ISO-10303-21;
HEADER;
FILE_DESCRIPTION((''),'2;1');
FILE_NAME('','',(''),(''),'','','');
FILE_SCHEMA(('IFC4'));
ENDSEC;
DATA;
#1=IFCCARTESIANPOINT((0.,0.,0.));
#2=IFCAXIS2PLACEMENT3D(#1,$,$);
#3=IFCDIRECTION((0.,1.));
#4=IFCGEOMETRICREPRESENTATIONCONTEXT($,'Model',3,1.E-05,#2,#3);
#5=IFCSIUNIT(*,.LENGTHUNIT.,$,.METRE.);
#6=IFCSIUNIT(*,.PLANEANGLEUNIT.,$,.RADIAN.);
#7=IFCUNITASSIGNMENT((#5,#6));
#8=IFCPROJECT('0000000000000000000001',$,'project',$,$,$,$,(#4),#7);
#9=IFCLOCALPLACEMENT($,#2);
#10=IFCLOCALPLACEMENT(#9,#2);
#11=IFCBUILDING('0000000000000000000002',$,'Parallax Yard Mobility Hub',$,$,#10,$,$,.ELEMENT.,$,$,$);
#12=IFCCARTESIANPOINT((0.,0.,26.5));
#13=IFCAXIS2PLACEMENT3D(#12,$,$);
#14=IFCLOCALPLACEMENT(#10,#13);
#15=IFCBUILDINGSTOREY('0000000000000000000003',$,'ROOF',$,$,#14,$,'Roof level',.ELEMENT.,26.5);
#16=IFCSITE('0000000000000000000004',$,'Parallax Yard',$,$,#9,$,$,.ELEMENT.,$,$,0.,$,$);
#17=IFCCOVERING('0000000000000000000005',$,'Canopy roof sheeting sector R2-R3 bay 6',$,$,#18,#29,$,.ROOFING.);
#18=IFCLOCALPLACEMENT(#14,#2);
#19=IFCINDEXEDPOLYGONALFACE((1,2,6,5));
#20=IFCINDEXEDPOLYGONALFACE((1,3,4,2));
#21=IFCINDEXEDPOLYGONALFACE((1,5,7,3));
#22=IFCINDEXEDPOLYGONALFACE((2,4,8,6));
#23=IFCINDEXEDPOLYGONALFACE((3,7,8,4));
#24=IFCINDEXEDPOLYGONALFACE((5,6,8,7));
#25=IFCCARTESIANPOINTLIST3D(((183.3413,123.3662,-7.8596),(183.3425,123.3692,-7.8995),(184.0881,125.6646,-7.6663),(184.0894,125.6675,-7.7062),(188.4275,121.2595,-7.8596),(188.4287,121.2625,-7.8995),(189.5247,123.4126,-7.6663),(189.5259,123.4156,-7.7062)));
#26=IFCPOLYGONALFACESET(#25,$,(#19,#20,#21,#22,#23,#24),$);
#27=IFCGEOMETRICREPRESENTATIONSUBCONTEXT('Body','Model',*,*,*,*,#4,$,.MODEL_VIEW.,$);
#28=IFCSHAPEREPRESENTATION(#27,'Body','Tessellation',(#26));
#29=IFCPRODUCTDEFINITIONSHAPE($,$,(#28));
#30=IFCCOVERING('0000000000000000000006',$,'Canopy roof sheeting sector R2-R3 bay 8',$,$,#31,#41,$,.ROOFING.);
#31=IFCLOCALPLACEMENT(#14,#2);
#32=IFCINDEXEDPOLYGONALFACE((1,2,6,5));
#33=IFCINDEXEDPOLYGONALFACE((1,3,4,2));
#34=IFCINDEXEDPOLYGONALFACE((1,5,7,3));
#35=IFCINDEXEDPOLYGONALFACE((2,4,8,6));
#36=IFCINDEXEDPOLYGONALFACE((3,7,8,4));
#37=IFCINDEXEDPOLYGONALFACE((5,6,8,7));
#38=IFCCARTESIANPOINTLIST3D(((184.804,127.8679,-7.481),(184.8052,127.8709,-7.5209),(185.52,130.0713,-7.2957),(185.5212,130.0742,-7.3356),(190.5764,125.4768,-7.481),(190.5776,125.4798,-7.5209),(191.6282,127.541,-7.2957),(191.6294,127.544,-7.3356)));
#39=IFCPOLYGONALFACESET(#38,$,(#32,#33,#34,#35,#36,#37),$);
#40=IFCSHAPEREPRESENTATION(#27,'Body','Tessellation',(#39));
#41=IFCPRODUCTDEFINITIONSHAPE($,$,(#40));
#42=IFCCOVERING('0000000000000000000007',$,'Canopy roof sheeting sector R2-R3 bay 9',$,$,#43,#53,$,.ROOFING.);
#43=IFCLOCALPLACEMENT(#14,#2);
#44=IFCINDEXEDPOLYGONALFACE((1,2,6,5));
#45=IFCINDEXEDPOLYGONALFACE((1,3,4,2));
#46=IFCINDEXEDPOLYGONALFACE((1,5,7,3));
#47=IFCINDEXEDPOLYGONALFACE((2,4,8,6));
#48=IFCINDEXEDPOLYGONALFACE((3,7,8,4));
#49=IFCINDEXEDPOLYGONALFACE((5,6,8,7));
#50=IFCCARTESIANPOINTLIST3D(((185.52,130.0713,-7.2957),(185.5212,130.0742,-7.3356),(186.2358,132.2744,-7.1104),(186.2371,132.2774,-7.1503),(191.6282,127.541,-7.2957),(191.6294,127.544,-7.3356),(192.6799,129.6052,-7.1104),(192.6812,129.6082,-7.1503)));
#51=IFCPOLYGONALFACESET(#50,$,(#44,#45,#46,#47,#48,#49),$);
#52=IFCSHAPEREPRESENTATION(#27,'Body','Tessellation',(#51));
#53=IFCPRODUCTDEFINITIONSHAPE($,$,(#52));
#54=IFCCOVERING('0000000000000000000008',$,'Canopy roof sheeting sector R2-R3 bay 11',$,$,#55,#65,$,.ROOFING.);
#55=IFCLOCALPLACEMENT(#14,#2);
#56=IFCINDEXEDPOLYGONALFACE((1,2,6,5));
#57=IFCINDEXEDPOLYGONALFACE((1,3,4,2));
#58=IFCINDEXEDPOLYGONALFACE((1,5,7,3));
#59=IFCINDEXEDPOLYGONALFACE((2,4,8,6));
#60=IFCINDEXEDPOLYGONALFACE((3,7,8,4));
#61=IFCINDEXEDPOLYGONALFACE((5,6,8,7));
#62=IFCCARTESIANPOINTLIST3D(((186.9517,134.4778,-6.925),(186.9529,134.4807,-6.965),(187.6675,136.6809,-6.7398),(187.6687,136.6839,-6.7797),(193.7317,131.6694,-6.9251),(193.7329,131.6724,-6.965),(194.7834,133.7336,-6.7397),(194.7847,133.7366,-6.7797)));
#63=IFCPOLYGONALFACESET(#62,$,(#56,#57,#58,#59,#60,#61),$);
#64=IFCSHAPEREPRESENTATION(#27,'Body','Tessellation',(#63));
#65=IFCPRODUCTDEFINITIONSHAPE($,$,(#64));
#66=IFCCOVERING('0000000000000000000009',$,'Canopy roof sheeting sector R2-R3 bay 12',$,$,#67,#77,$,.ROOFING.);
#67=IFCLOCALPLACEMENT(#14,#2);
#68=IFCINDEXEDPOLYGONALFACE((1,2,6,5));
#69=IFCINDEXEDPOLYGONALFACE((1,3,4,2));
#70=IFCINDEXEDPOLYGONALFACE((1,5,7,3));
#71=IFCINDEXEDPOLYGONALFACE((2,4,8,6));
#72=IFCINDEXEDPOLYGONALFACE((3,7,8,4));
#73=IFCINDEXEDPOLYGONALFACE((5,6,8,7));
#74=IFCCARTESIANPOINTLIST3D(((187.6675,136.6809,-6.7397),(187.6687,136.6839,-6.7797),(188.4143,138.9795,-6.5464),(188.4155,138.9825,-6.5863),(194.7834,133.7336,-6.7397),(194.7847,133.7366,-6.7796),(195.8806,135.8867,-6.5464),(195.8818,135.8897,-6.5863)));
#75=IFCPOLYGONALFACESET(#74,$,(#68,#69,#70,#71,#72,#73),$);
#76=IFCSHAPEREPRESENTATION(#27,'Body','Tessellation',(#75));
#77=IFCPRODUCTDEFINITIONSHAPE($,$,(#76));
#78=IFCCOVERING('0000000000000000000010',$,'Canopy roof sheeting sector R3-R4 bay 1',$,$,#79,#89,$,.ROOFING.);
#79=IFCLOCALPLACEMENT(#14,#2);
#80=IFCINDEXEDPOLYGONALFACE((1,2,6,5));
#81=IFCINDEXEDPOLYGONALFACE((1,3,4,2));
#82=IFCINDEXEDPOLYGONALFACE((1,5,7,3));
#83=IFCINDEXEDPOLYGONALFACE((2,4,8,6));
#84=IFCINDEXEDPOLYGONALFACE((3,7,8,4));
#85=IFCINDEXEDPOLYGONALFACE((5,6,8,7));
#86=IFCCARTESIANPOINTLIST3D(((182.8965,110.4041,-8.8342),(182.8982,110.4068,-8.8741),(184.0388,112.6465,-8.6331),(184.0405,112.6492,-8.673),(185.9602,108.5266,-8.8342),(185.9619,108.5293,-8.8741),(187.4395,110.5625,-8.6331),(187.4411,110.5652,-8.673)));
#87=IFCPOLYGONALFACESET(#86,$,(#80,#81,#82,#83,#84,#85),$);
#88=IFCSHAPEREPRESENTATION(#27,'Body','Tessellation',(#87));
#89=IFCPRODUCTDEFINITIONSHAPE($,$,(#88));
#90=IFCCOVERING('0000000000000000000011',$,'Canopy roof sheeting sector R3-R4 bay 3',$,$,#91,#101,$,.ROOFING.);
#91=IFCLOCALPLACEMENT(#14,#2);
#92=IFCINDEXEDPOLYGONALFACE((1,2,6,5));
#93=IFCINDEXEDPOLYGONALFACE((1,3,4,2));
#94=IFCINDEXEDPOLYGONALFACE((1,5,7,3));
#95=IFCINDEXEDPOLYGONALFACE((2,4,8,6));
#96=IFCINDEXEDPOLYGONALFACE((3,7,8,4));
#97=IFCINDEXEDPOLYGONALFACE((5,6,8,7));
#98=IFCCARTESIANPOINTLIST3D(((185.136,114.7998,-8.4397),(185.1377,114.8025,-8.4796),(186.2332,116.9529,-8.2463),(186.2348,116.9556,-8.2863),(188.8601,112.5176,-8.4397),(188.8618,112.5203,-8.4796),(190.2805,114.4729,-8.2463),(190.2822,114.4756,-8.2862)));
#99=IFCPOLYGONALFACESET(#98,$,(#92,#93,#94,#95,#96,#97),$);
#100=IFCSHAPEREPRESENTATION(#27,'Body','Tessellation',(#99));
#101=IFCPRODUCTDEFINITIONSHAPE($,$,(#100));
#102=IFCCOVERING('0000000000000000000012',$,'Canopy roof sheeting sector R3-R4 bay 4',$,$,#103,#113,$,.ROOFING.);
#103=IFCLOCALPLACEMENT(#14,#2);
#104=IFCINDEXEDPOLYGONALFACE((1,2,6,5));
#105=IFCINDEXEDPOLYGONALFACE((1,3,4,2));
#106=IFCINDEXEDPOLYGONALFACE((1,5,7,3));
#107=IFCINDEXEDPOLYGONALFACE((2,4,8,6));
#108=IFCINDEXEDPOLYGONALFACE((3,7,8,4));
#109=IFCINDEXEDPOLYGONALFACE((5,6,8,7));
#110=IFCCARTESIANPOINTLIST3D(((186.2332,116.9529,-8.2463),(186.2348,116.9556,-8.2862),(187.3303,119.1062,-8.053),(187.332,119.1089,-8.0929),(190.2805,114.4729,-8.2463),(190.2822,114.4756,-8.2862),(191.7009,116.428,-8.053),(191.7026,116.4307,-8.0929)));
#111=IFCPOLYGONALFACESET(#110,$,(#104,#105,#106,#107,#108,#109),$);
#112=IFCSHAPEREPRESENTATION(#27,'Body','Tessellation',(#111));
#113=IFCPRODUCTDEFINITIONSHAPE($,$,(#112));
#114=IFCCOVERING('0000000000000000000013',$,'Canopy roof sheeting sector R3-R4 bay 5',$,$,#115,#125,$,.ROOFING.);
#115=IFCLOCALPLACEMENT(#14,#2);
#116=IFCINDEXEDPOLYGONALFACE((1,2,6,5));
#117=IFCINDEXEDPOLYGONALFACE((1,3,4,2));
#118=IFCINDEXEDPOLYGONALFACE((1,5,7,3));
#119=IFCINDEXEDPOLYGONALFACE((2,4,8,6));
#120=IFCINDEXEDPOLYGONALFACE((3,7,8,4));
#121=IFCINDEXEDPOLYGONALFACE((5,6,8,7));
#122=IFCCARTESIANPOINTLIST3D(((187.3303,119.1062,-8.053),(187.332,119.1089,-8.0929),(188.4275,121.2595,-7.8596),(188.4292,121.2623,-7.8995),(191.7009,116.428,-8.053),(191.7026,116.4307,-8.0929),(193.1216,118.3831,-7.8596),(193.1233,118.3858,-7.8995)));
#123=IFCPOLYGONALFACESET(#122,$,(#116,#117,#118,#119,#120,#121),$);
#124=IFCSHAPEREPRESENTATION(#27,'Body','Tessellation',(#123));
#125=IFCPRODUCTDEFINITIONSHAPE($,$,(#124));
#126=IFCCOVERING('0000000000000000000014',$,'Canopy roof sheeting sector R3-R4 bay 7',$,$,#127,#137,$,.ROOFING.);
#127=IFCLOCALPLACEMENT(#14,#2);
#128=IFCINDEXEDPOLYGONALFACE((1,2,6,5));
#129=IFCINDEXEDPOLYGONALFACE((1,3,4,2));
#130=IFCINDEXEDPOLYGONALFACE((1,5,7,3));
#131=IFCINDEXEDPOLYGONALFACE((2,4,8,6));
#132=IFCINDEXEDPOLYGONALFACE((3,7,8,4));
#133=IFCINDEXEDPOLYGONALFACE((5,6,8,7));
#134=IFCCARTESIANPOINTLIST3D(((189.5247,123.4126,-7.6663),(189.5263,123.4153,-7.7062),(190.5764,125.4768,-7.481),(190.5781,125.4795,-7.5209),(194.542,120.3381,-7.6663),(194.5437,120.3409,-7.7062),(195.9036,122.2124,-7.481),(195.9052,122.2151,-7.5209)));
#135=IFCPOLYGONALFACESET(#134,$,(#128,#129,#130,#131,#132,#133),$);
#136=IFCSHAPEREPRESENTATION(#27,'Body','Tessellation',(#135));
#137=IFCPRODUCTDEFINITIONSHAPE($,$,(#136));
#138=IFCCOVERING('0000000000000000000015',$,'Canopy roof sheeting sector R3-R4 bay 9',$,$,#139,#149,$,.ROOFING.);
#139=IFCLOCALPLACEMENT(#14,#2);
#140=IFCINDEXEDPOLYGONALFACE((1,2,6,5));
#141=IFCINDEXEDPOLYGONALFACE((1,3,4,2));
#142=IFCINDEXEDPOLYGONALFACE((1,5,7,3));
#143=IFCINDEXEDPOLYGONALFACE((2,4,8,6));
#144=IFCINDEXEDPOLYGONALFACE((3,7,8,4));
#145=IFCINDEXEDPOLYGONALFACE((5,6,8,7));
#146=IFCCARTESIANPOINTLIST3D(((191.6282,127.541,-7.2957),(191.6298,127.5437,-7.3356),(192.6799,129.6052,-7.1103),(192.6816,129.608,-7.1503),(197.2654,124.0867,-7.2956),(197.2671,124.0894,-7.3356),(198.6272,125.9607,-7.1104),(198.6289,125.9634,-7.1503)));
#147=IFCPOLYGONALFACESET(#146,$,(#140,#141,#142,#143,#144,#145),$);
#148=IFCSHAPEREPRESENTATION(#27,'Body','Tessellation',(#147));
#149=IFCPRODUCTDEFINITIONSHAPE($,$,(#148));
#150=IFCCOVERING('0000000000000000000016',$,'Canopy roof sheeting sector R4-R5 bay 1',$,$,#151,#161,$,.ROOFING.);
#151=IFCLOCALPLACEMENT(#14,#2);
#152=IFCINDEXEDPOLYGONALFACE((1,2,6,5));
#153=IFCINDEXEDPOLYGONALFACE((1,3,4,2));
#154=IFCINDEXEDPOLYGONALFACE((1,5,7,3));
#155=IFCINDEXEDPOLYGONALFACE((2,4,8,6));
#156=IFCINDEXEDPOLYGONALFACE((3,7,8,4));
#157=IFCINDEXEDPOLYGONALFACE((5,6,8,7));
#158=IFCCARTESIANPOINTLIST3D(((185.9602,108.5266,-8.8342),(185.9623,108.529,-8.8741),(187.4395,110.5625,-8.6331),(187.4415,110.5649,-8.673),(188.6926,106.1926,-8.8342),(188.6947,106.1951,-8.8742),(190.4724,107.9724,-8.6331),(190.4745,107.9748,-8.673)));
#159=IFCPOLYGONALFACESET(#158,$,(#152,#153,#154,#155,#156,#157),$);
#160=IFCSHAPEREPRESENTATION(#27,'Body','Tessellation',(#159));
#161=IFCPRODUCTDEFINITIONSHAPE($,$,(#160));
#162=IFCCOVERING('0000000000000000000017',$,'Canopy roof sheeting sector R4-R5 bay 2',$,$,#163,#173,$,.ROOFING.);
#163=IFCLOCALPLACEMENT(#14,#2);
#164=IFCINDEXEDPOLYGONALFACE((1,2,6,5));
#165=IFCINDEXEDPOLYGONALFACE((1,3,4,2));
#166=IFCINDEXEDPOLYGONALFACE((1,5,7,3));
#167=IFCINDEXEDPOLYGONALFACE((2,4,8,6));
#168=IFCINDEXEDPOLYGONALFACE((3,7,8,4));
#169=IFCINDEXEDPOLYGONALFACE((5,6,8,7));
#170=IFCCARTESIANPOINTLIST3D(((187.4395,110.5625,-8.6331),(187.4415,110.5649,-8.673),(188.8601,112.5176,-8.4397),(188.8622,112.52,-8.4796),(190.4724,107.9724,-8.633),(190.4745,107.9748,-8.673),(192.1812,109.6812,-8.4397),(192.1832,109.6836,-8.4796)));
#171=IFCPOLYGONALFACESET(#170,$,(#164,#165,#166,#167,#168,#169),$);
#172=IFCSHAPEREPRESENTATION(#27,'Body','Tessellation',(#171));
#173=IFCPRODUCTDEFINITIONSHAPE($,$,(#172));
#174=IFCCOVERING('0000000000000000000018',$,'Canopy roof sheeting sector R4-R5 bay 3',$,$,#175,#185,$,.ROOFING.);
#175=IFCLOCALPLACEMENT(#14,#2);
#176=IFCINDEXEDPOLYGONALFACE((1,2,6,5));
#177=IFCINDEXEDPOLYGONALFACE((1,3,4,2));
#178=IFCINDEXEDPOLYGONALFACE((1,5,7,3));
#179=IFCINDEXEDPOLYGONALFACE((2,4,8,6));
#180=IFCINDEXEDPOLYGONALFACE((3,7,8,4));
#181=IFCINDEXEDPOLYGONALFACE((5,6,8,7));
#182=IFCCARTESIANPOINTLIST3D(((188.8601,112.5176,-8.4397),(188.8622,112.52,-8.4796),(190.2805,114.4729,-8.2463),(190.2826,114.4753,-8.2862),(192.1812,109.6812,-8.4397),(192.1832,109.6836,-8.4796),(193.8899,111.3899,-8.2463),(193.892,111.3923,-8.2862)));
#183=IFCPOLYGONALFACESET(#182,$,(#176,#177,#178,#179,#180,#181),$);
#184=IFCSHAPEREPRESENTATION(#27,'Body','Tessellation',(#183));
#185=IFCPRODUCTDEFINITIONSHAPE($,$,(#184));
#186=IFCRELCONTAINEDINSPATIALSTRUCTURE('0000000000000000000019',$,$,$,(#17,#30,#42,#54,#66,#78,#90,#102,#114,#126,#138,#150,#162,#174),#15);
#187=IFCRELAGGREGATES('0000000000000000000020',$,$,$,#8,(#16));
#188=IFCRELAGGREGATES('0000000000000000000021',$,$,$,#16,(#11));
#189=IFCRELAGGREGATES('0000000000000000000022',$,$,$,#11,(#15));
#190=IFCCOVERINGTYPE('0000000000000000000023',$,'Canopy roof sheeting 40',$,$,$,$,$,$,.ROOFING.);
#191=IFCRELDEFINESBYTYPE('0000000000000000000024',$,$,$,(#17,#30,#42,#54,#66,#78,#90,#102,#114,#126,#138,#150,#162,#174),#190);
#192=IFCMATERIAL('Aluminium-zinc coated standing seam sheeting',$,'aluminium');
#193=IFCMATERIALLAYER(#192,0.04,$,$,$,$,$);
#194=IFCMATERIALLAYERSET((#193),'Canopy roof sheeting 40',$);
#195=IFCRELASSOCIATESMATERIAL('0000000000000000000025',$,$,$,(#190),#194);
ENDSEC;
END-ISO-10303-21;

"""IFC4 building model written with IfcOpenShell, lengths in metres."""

from ifc_helpers import new_model, si_unit, direction, frame, origin, place, context, subcontext, project, spatial, polyline, outline, extrude, material, layer, layer_set, type_object, element, save


model = new_model("IFC4")

# Units and contexts
model_context = context("Model", 3, precision=1e-05, world=origin(), true_north=direction((0.0, 1.0)))
body_context = subcontext(model_context, "Body", "Model", "MODEL_VIEW")
ifc_project = project(units=[si_unit("LENGTHUNIT", "METRE"), si_unit("PLANEANGLEUNIT", "RADIAN")], contexts=[model_context])

# Site, building, storey
site_placement = place(None, origin())
site = spatial("IfcSite", under=ifc_project, at=site_placement, Name="Parallax Yard", CompositionType="ELEMENT", RefElevation=0.0)
building_placement = place(site_placement, origin())
building = spatial("IfcBuilding", under=site, at=building_placement, Name="Parallax Yard Mobility Hub", CompositionType="ELEMENT")
storey_placement = place(building_placement, frame((0.0, 0.0, 26.5)))
storey = spatial("IfcBuildingStorey", under=building, at=storey_placement, Name="ROOF", LongName="Roof level", CompositionType="ELEMENT", Elevation=26.5)

# Coverings
ifc_material = material(Name="Aluminium-zinc coated standing seam sheeting", Category="aluminium")
ifc_layer = layer(ifc_material, 0.04)
ifc_layer_set = layer_set([ifc_layer], Name="Canopy roof sheeting 40")
covering_type = type_object("IfcCoveringType", Name="Canopy roof sheeting 40", PredefinedType="ROOFING", material=ifc_layer_set)
placement = place(building_placement, frame((0.0, 0.0, 13.2)))
covering_1_placement = place(placement, frame((183.3413, 123.3662, 5.4404), z_axis=(-0.030616, -0.073914, 0.996795), x_axis=(0.923884, -0.382672, 0.000001)))
element("IfcCovering", 1, at=covering_1_placement, inside=storey, type_object=covering_type, Name="Canopy roof sheeting sector R2-R3 bay 6", PredefinedType="ROOFING", context=body_context, shape_type="SweptSolid", body=[
    extrude(outline(polyline([(0.0, 0.0), (5.5052, 0.0), (5.6949, 2.4168), (-0.1895, 2.4169), (0.0, 0.0)])), origin(), (0.0, 0.0, -1.0), 0.04),
])
covering_2_placement = place(placement, frame((184.804, 127.8679, 5.8191), z_axis=(-0.030606, -0.073886, 0.996797), x_axis=(0.923875, -0.382695, 0.000001)))
element("IfcCovering", 2, at=covering_2_placement, inside=storey, type_object=covering_type, Name="Canopy roof sheeting sector R2-R3 bay 8", PredefinedType="ROOFING", context=body_context, shape_type="SweptSolid", body=[
    extrude(outline(polyline([(0.0, 0.0), (6.2481, 0.0), (6.4298, 2.317), (-0.1817, 2.3171), (0.0, 0.0)])), origin(), (0.0, 0.0, -1.0), 0.04),
])
covering_3_placement = place(placement, frame((185.52, 130.0713, 6.0044), z_axis=(-0.030608, -0.073891, 0.996797), x_axis=(0.923869, -0.382708, -0.000001)))
element("IfcCovering", 3, at=covering_3_placement, inside=storey, type_object=covering_type, Name="Canopy roof sheeting sector R2-R3 bay 9", PredefinedType="ROOFING", context=body_context, shape_type="SweptSolid", body=[
    extrude(outline(polyline([(0.0, 0.0), (6.6115, 0.0), (6.7932, 2.317), (-0.1818, 2.3168), (0.0, 0.0)])), origin(), (0.0, 0.0, -1.0), 0.04),
])
covering_4_placement = place(placement, frame((186.9517, 134.4778, 6.375), z_axis=(-0.030605, -0.073892, 0.996797), x_axis=(0.923881, -0.38268, -0.000001)))
element("IfcCovering", 4, at=covering_4_placement, inside=storey, type_object=covering_type, Name="Canopy roof sheeting sector R2-R3 bay 11", PredefinedType="ROOFING", context=body_context, shape_type="SweptSolid", body=[
    extrude(outline(polyline([(0.0, 0.0), (7.3386, 0.0), (7.5204, 2.317), (-0.1818, 2.3168), (0.0, 0.0)])), origin(), (0.0, 0.0, -1.0), 0.04),
])
covering_5_placement = place(placement, frame((187.6675, 136.6809, 6.5603), z_axis=(-0.030614, -0.073911, 0.996795), x_axis=(0.923892, -0.382654, 0.000002)))
element("IfcCovering", 5, at=covering_5_placement, inside=storey, type_object=covering_type, Name="Canopy roof sheeting sector R2-R3 bay 12", PredefinedType="ROOFING", context=body_context, shape_type="SweptSolid", body=[
    extrude(outline(polyline([(0.0, 0.0), (7.7022, 0.0), (7.8919, 2.4168), (-0.1896, 2.4172), (0.0, 0.0)])), origin(), (0.0, 0.0, -1.0), 0.04),
])
covering_6_placement = place(placement, frame((182.8965, 110.4041, 4.4658), z_axis=(-0.041763, -0.068151, 0.996801), x_axis=(0.852641, -0.522497, 0.000001)))
element("IfcCovering", 6, at=covering_6_placement, inside=storey, type_object=covering_type, Name="Canopy roof sheeting sector R3-R4 bay 1", PredefinedType="ROOFING", context=body_context, shape_type="SweptSolid", body=[
    extrude(outline(polyline([(0.0, 0.0), (3.5932, 0.0), (3.7907, 2.5168), (-0.1977, 2.5169), (0.0, 0.0)])), origin(), (0.0, 0.0, -1.0), 0.04),
])
covering_7_placement = place(placement, frame((185.136, 114.7998, 4.8604), z_axis=(-0.041799, -0.068213, 0.996795), x_axis=(0.852632, -0.522512, -0.000003)))
element("IfcCovering", 7, at=covering_7_placement, inside=storey, type_object=covering_type, Name="Canopy roof sheeting sector R3-R4 bay 3", PredefinedType="ROOFING", context=body_context, shape_type="SweptSolid", body=[
    extrude(outline(polyline([(0.0, 0.0), (4.3678, 0.0), (4.5572, 2.4171), (-0.1895, 2.4168), (0.0, 0.0)])), origin(), (0.0, 0.0, -1.0), 0.04),
])
covering_8_placement = place(placement, frame((186.2332, 116.9529, 5.0537), z_axis=(-0.041799, -0.068213, 0.996795), x_axis=(0.852663, -0.522461, 0.000001)))
element("IfcCovering", 8, at=covering_8_placement, inside=storey, type_object=covering_type, Name="Canopy roof sheeting sector R3-R4 bay 4", PredefinedType="ROOFING", context=body_context, shape_type="SweptSolid", body=[
    extrude(outline(polyline([(0.0, 0.0), (4.7467, 0.0), (4.9364, 2.4169), (-0.1895, 2.417), (0.0, 0.0)])), origin(), (0.0, 0.0, -1.0), 0.04),
])
covering_9_placement = place(placement, frame((187.3303, 119.1062, 5.2471), z_axis=(-0.041799, -0.068211, 0.996795), x_axis=(0.852648, -0.522486, 0.0)))
element("IfcCovering", 9, at=covering_9_placement, inside=storey, type_object=covering_type, Name="Canopy roof sheeting sector R3-R4 bay 5", PredefinedType="ROOFING", context=body_context, shape_type="SweptSolid", body=[
    extrude(outline(polyline([(0.0, 0.0), (5.1259, 0.0), (5.3157, 2.417), (-0.1896, 2.417), (0.0, 0.0)])), origin(), (0.0, 0.0, -1.0), 0.04),
])
covering_10_placement = place(placement, frame((189.5247, 123.4126, 5.6338), z_axis=(-0.041787, -0.068192, 0.996797), x_axis=(0.852653, -0.522478, 0.000001)))
element("IfcCovering", 10, at=covering_10_placement, inside=storey, type_object=covering_type, Name="Canopy roof sheeting sector R3-R4 bay 7", PredefinedType="ROOFING", context=body_context, shape_type="SweptSolid", body=[
    extrude(outline(polyline([(0.0, 0.0), (5.8844, 0.0), (6.0661, 2.3169), (-0.1817, 2.317), (0.0, 0.0)])), origin(), (0.0, 0.0, -1.0), 0.04),
])
covering_11_placement = place(placement, frame((191.6282, 127.541, 6.0044), z_axis=(-0.041788, -0.068193, 0.996797), x_axis=(0.85265, -0.522483, 0.000001)))
element("IfcCovering", 11, at=covering_11_placement, inside=storey, type_object=covering_type, Name="Canopy roof sheeting sector R3-R4 bay 9", PredefinedType="ROOFING", context=body_context, shape_type="SweptSolid", body=[
    extrude(outline(polyline([(0.0, 0.0), (6.6114, 0.0), (6.7934, 2.3168), (-0.1817, 2.317), (0.0, 0.0)])), origin(), (0.0, 0.0, -1.0), 0.04),
])
covering_12_placement = place(placement, frame((185.9602, 108.5266, 4.4658), z_axis=(-0.051906, -0.060774, 0.996801), x_axis=(0.760368, -0.649492, -0.000005)))
element("IfcCovering", 12, at=covering_12_placement, inside=storey, type_object=covering_type, Name="Canopy roof sheeting sector R4-R5 bay 1", PredefinedType="ROOFING", context=body_context, shape_type="SweptSolid", body=[
    extrude(outline(polyline([(0.0, 0.0), (3.5936, 0.0), (3.7909, 2.5173), (-0.1975, 2.5168), (0.0, 0.0)])), origin(), (0.0, 0.0, -1.0), 0.04),
])
covering_13_placement = place(placement, frame((187.4395, 110.5625, 4.667), z_axis=(-0.051955, -0.060836, 0.996795), x_axis=(0.760443, -0.649404, 0.000002)))
element("IfcCovering", 13, at=covering_13_placement, inside=storey, type_object=covering_type, Name="Canopy roof sheeting sector R4-R5 bay 2", PredefinedType="ROOFING", context=body_context, shape_type="SweptSolid", body=[
    extrude(outline(polyline([(0.0, 0.0), (3.9884, 0.0), (4.1781, 2.4168), (-0.1893, 2.4171), (0.0, 0.0)])), origin(), (0.0, 0.0, -1.0), 0.04),
])
covering_14_placement = place(placement, frame((188.8601, 112.5176, 4.8604), z_axis=(-0.051958, -0.060832, 0.996795), x_axis=(0.760407, -0.649446, 0.000002)))
element("IfcCovering", 14, at=covering_14_placement, inside=storey, type_object=covering_type, Name="Canopy roof sheeting sector R4-R5 bay 3", PredefinedType="ROOFING", context=body_context, shape_type="SweptSolid", body=[
    extrude(outline(polyline([(0.0, 0.0), (4.3675, 0.0), (4.5571, 2.4168), (-0.1898, 2.4171), (0.0, 0.0)])), origin(), (0.0, 0.0, -1.0), 0.04),
])

save(model, "model.ifc")
